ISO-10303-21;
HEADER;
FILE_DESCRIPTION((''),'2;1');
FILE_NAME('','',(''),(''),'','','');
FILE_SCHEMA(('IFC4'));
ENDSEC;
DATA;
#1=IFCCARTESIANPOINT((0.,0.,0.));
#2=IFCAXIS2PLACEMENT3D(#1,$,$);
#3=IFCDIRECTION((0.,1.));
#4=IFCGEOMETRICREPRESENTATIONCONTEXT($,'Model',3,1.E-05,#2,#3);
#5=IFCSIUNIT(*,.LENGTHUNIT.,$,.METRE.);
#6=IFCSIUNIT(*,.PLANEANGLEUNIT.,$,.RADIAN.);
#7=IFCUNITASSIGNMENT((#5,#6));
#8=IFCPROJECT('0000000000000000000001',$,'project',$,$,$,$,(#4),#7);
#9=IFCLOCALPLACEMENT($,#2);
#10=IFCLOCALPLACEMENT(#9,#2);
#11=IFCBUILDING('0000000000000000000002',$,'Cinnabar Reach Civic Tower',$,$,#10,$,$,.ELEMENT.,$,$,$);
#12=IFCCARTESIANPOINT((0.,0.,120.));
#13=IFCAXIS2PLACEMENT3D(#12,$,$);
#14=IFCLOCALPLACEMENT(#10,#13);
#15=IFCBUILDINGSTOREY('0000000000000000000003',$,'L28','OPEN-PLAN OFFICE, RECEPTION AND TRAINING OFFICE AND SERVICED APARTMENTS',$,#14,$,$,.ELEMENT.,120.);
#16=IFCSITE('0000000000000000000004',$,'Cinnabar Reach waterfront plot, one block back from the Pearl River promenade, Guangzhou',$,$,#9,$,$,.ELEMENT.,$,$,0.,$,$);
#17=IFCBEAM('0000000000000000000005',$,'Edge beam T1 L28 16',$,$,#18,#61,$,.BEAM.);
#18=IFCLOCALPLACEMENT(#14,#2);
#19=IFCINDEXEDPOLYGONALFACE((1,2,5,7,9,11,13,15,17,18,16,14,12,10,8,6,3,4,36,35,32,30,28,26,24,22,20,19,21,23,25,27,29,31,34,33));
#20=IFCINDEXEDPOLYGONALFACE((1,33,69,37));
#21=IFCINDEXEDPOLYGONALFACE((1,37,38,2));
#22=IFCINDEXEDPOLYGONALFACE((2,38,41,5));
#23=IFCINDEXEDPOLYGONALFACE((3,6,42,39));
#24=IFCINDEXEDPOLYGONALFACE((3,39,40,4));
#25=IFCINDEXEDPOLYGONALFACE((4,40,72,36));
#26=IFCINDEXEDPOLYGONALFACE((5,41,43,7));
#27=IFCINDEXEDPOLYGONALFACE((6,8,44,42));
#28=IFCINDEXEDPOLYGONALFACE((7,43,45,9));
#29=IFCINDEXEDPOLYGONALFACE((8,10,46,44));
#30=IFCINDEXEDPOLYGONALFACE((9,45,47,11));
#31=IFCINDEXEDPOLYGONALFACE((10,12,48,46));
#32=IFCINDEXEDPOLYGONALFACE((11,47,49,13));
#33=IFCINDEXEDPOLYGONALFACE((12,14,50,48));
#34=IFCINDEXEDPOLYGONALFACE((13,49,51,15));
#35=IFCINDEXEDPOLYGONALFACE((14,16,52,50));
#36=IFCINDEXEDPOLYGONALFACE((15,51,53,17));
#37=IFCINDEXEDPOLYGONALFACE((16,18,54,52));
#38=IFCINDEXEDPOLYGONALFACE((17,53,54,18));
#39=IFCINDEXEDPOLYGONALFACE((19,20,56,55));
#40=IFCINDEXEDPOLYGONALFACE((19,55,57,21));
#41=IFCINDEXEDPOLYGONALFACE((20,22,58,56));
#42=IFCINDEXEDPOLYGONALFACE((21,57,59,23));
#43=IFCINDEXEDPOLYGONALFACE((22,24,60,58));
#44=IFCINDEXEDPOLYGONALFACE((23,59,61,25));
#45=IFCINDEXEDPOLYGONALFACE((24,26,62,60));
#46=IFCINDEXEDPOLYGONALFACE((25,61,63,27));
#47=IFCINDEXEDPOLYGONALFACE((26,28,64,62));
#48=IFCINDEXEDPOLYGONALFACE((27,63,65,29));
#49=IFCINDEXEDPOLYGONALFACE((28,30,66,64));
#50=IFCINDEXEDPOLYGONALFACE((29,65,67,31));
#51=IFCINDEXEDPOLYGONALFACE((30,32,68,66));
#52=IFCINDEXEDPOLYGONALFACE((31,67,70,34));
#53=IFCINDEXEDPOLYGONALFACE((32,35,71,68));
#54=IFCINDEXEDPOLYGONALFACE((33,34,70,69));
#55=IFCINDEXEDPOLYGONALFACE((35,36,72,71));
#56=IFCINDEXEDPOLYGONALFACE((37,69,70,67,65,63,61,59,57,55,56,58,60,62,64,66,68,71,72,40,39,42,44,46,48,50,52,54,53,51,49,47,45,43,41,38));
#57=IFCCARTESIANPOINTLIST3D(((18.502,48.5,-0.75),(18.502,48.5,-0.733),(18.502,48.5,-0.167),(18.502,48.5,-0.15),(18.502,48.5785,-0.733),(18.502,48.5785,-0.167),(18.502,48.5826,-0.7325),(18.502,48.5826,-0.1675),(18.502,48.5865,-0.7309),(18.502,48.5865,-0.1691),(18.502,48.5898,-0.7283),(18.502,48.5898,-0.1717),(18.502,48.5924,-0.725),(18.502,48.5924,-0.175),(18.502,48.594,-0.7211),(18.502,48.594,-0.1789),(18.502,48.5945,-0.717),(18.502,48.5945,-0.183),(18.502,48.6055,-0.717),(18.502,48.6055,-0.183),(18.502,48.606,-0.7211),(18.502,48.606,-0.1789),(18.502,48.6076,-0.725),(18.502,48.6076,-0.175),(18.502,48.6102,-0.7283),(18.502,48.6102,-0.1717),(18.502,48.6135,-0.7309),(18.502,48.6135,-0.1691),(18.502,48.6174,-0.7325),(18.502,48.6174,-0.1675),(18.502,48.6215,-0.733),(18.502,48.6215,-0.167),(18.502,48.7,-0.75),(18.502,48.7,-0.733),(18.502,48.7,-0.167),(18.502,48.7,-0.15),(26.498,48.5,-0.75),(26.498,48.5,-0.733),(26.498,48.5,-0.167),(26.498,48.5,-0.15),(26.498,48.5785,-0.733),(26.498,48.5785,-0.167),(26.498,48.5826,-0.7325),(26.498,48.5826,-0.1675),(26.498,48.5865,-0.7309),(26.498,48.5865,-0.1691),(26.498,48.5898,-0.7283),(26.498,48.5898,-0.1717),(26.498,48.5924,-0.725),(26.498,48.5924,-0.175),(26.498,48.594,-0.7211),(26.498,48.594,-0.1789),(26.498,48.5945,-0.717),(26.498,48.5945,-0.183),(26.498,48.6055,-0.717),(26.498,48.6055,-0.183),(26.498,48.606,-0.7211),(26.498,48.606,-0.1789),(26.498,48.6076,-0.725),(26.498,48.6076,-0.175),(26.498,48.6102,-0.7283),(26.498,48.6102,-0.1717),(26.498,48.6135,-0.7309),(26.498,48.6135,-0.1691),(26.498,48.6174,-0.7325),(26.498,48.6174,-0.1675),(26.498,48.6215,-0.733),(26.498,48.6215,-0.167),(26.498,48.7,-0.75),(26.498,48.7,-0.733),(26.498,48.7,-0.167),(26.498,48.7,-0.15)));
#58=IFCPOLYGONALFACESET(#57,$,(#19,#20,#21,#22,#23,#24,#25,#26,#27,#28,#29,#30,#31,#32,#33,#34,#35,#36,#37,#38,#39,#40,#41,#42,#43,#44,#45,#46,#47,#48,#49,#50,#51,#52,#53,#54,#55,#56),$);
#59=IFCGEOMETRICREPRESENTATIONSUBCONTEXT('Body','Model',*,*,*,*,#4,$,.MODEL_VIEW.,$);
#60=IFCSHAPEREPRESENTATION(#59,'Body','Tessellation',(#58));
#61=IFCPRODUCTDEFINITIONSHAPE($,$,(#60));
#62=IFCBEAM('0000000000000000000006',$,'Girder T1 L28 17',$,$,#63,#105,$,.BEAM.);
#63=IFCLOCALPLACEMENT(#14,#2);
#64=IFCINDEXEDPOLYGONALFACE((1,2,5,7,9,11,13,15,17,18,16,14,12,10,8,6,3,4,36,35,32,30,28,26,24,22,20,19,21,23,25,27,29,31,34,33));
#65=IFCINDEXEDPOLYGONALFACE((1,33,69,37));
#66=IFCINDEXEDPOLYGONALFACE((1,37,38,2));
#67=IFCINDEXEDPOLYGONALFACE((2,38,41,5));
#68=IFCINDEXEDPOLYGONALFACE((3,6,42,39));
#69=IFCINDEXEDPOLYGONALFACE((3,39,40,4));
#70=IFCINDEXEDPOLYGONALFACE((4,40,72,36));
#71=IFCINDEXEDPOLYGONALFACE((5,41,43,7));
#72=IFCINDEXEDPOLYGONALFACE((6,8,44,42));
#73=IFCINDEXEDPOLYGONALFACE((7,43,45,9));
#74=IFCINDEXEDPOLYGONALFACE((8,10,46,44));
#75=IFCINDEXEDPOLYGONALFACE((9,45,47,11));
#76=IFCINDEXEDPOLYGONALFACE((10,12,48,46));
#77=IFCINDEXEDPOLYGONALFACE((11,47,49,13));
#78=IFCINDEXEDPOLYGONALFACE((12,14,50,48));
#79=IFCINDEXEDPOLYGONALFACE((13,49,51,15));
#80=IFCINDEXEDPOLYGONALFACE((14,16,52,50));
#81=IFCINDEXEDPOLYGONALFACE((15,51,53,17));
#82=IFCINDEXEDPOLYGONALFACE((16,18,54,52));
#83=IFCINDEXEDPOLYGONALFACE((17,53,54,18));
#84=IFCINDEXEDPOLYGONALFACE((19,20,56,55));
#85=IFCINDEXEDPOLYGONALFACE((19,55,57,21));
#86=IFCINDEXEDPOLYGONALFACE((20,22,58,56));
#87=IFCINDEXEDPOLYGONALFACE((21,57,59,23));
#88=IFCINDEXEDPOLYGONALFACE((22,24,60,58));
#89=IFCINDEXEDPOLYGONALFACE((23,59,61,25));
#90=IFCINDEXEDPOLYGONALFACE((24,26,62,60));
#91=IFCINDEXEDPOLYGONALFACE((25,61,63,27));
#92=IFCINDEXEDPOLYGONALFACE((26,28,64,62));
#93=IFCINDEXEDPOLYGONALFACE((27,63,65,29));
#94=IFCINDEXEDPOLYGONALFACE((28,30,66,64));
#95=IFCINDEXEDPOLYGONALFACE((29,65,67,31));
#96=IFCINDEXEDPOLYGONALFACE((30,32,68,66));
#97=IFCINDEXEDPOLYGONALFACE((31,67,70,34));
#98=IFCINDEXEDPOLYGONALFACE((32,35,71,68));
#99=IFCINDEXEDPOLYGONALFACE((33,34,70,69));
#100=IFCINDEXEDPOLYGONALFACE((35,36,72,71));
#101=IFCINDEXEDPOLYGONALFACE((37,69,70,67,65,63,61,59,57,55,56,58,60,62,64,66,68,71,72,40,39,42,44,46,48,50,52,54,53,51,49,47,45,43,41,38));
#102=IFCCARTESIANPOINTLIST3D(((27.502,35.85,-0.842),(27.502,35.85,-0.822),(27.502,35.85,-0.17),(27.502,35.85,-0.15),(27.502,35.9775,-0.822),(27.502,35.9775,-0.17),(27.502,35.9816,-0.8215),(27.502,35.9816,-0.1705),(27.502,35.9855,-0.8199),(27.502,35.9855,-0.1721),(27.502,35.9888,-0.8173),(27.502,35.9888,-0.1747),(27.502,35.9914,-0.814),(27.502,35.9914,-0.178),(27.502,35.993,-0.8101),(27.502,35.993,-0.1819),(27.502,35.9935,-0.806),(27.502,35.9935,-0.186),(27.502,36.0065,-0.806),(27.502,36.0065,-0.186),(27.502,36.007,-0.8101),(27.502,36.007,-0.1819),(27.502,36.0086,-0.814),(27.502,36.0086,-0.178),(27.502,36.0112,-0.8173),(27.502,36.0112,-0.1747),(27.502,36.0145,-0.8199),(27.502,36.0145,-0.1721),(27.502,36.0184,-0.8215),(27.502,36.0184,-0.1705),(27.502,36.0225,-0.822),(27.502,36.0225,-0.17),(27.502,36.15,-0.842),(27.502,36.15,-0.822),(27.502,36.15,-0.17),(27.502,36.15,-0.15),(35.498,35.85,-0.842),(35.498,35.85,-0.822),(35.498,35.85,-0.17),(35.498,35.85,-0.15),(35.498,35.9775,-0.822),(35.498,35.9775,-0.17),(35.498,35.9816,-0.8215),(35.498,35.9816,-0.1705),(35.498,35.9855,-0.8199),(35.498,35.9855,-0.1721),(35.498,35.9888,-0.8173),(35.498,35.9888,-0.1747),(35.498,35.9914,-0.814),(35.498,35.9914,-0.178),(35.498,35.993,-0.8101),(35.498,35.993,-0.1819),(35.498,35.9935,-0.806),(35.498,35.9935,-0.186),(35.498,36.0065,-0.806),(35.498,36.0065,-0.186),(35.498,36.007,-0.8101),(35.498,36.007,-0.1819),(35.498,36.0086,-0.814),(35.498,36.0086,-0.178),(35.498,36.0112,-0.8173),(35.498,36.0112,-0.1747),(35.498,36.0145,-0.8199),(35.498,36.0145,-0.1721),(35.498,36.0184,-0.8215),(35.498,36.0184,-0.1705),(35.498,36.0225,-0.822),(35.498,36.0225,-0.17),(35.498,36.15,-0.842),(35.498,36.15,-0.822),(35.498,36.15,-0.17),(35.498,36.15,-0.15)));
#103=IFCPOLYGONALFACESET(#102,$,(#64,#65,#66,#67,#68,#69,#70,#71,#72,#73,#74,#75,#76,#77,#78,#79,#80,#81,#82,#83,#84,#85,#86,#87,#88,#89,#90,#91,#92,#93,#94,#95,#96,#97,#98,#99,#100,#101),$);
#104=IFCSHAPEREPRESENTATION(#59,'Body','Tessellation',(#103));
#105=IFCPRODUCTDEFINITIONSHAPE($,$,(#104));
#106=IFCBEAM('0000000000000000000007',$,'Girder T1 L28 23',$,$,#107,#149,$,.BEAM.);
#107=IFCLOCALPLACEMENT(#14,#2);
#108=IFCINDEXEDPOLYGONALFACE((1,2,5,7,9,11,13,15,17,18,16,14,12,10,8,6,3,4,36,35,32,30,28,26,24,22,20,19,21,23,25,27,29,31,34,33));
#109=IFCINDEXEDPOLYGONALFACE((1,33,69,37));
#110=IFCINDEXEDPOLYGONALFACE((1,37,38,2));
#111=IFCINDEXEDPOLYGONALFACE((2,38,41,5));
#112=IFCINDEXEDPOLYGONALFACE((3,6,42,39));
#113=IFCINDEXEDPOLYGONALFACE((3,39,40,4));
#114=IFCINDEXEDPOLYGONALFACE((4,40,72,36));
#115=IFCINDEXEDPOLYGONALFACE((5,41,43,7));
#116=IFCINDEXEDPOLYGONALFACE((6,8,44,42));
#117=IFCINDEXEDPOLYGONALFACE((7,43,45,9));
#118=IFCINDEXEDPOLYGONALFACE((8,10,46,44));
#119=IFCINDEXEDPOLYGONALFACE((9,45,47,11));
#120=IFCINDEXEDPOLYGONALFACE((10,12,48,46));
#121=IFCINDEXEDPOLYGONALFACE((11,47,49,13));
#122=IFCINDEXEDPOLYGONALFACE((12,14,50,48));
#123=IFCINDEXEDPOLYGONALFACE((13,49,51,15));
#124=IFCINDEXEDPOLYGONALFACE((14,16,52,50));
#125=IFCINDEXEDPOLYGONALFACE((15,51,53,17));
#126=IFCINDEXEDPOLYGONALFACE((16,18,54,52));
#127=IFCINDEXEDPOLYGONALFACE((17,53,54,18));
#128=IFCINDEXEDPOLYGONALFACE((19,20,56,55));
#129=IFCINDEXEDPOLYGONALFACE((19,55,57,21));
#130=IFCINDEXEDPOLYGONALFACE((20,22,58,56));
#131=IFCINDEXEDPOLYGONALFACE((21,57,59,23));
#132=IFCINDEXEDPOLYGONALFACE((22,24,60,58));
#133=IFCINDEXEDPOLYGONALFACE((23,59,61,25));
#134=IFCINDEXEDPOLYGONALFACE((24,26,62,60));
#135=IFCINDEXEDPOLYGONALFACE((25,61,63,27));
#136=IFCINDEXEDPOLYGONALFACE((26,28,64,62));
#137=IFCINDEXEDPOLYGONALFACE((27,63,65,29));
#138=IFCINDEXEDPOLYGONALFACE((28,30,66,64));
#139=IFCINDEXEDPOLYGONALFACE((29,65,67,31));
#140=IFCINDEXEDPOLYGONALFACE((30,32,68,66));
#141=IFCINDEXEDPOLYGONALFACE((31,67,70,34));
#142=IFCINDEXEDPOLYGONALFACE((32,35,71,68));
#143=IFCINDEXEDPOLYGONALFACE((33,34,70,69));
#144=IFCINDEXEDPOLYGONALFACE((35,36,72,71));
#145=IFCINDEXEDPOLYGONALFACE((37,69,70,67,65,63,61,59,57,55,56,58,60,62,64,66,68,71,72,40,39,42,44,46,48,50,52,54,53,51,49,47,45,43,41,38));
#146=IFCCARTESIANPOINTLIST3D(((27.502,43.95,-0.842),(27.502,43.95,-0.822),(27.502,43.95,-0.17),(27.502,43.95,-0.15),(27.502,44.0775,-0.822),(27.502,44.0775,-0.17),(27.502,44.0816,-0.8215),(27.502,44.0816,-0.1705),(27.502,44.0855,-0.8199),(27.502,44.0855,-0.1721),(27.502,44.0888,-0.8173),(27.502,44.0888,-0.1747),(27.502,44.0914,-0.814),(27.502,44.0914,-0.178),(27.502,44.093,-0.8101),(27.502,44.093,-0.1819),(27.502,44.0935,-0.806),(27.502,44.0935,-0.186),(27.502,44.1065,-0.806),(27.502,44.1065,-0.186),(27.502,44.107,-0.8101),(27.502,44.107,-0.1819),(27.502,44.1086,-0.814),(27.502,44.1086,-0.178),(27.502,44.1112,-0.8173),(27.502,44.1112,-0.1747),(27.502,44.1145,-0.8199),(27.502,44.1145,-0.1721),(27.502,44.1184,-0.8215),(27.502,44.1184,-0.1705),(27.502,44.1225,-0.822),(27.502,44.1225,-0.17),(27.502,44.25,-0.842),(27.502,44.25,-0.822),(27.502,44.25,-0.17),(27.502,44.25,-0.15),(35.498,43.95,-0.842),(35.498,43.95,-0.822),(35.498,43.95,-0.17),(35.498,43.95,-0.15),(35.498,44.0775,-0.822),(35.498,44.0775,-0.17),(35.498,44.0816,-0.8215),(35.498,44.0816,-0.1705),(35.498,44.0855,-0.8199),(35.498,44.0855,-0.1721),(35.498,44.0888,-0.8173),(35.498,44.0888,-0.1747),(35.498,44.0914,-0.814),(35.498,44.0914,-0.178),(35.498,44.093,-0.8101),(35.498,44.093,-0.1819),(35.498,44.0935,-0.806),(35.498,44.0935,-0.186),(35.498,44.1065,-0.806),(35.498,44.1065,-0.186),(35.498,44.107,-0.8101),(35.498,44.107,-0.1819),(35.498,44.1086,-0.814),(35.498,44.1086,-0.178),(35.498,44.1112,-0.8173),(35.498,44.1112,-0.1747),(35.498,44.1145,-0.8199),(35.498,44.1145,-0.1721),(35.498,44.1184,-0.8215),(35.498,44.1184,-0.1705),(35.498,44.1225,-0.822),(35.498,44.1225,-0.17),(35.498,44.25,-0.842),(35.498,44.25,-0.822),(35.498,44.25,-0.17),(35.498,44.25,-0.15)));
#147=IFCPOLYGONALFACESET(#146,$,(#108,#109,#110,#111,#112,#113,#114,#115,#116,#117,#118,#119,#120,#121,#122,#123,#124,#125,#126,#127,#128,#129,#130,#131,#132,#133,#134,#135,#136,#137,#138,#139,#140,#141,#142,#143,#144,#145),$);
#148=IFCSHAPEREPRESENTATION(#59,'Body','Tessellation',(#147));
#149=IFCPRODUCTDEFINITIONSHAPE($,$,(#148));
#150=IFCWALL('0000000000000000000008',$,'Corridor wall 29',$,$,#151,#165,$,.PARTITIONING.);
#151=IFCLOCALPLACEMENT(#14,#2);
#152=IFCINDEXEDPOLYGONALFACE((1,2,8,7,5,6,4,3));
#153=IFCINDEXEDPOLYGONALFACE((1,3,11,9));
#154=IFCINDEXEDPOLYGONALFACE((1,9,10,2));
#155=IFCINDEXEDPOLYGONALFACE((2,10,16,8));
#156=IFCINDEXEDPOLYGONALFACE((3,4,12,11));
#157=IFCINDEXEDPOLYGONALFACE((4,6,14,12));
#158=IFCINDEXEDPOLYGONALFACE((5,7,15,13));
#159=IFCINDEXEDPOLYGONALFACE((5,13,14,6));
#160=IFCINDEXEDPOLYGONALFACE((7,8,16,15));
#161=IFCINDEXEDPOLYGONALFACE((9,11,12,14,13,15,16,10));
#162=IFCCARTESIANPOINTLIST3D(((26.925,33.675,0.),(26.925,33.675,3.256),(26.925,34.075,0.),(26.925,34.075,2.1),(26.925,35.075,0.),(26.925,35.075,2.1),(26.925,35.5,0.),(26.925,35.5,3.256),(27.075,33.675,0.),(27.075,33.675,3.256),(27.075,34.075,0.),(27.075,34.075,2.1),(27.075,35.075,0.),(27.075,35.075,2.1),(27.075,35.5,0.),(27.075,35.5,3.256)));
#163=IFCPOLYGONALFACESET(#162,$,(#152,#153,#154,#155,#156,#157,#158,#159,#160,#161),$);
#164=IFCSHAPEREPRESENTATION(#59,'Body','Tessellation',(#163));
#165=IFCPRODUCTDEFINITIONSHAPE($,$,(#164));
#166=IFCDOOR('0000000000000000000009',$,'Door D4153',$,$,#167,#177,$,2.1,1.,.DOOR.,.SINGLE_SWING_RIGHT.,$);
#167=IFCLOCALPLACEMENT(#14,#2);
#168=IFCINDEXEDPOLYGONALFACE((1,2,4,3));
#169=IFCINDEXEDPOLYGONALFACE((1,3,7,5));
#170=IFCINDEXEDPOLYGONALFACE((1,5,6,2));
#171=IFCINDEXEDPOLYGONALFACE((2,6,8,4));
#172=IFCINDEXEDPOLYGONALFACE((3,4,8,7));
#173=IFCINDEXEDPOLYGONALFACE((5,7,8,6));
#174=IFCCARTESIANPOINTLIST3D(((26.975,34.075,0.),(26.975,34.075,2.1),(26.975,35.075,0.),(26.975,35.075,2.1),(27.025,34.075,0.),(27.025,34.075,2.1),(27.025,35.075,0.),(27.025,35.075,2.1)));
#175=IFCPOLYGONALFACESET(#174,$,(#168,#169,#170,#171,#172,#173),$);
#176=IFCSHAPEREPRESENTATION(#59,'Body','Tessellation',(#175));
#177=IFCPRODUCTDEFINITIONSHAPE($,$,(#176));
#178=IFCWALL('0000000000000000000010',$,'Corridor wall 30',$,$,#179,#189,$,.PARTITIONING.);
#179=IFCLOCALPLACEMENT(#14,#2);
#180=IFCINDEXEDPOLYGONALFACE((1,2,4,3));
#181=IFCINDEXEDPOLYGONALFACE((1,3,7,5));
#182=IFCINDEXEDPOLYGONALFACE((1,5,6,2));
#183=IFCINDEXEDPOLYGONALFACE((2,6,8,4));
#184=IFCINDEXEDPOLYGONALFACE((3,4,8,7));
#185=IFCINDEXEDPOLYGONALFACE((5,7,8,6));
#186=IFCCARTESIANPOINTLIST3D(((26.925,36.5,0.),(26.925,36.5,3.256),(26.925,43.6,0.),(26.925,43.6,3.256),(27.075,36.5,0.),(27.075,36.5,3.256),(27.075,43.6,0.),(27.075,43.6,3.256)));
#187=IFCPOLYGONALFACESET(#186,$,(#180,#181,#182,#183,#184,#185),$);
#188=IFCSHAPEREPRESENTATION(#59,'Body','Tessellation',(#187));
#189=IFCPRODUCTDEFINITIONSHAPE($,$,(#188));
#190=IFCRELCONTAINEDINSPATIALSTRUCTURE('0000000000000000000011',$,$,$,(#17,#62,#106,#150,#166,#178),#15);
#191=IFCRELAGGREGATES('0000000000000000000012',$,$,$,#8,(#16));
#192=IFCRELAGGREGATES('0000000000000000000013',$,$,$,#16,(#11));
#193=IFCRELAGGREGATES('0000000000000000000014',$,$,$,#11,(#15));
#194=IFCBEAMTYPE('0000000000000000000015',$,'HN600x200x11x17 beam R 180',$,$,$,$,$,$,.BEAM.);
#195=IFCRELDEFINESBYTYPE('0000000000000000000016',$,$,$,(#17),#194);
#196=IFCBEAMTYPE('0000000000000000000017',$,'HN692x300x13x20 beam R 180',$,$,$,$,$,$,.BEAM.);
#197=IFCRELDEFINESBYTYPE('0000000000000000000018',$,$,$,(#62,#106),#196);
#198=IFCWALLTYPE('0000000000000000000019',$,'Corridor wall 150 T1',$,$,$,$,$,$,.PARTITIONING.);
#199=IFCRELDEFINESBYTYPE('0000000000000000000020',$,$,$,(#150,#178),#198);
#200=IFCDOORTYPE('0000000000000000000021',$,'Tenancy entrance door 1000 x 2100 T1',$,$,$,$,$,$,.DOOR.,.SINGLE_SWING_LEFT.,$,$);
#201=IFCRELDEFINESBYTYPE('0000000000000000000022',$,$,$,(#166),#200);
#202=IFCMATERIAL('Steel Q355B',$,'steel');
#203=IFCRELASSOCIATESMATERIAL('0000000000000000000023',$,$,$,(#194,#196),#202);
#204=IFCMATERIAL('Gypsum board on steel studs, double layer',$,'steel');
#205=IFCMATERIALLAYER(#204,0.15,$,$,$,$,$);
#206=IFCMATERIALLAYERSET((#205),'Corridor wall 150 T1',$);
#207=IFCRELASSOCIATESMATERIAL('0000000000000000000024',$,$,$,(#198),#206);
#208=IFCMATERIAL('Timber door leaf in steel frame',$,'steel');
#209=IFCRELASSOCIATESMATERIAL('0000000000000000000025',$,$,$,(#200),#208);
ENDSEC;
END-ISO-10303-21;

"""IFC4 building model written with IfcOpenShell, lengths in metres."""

from ifc_helpers import new_model, si_unit, direction, frame, frame_2d, origin, origin_2d, place, context, subcontext, project, spatial, rectangle, i_section, extrude, material, layer, layer_set, material_profile, profile_set, type_object, element, fill, save


model = new_model("IFC4")

# Units and contexts
model_context = context("Model", 3, precision=1e-05, world=origin(), true_north=direction((0.0, 1.0)))
body_context = subcontext(model_context, "Body", "Model", "MODEL_VIEW")
ifc_project = project(units=[si_unit("LENGTHUNIT", "METRE"), si_unit("PLANEANGLEUNIT", "RADIAN")], contexts=[model_context])

# Site, building, storey
site_placement = place(None, origin())
site = spatial("IfcSite", under=ifc_project, at=site_placement, Name="Cinnabar Reach waterfront plot, one block back from the Pearl River promenade, Guangzhou", CompositionType="ELEMENT", RefElevation=0.0)
building_placement = place(site_placement, origin())
building = spatial("IfcBuilding", under=site, at=building_placement, Name="Cinnabar Reach Civic Tower", CompositionType="ELEMENT")
storey_placement = place(building_placement, frame((0.0, 0.0, 120.0)))
storey = spatial("IfcBuildingStorey", under=building, at=storey_placement, Name="L28", Description="OPEN-PLAN OFFICE, RECEPTION AND TRAINING OFFICE AND SERVICED APARTMENTS", CompositionType="ELEMENT", Elevation=120.0)

# Beams
ifc_material_1 = material(Name="Steel Q355B", Category="steel")
ifc_material_profile_1 = material_profile(ifc_material_1, i_section(OverallWidth=0.2, OverallDepth=0.6, WebThickness=0.011, FlangeThickness=0.017, FilletRadius=0.016, at=origin_2d()), Name="HN600x200x11x17")
ifc_profile_set_1 = profile_set([ifc_material_profile_1], Name="Steel Q355B")
beam_type_1 = type_object("IfcBeamType", Name="HN600x200x11x17 beam R 180", PredefinedType="BEAM", material=ifc_profile_set_1)
for number, where, z_axis, x_axis, name in (
    (1, (26.498, 48.6, -0.45), (-1.0, 0.0, 0.0), (0.0, -1.0, 0.0), "Edge beam T1 L28 16"),
):
    element("IfcBeam", number, at=place(storey_placement, frame(where, z_axis=z_axis, x_axis=x_axis)), inside=storey, type_object=beam_type_1, Name=name, PredefinedType="BEAM", context=body_context, shape_type="SweptSolid", body=[
        extrude(i_section(OverallWidth=0.2, OverallDepth=0.6, WebThickness=0.011, FlangeThickness=0.017, FilletRadius=0.016, at=origin_2d()), origin(), (0.0, 0.0, 1.0), 7.996),
    ])
ifc_material_profile_2 = material_profile(ifc_material_1, i_section(OverallWidth=0.3, OverallDepth=0.692, WebThickness=0.013, FlangeThickness=0.02, FilletRadius=0.016, at=origin_2d()), Name="HN692x300x13x20")
ifc_profile_set_2 = profile_set([ifc_material_profile_2], Name="Steel Q355B")
beam_type_2 = type_object("IfcBeamType", Name="HN692x300x13x20 beam R 180", PredefinedType="BEAM", material=ifc_profile_set_2)
for number, where, z_axis, x_axis, name in (
    (2, (27.502, 36.0, -0.496), (1.0, 0.0, 0.0), (0.0, 1.0, 0.0), "Girder T1 L28 17"),
    (3, (27.502, 44.1, -0.496), (1.0, 0.0, 0.0), (0.0, 1.0, 0.0), "Girder T1 L28 23"),
):
    element("IfcBeam", number, at=place(storey_placement, frame(where, z_axis=z_axis, x_axis=x_axis)), inside=storey, type_object=beam_type_2, Name=name, PredefinedType="BEAM", context=body_context, shape_type="SweptSolid", body=[
        extrude(i_section(OverallWidth=0.3, OverallDepth=0.692, WebThickness=0.013, FlangeThickness=0.02, FilletRadius=0.016, at=origin_2d()), origin(), (0.0, 0.0, 1.0), 7.996),
    ])

# Wall, opening, door
ifc_material_2 = material(Name="Gypsum board on steel studs, double layer", Category="steel")
ifc_layer_1 = layer(ifc_material_2, 0.15)
ifc_layer_set_1 = layer_set([ifc_layer_1], Name="Corridor wall 150 T1")
wall_type_1 = type_object("IfcWallType", Name="Corridor wall 150 T1", PredefinedType="PARTITIONING", material=ifc_layer_set_1)
wall_1_placement = place(storey_placement, frame((27.0, 33.675, 0.0), z_axis=(0.0, 0.0, 1.0), x_axis=(0.0, 1.0, 0.0)))
wall_1 = element("IfcWall", 4, at=wall_1_placement, inside=storey, type_object=wall_type_1, Name="Corridor wall 29", PredefinedType="PARTITIONING", context=body_context, shape_type="SweptSolid", body=[
    extrude(rectangle(XDim=1.825, YDim=0.15, at=frame_2d((0.9125, 0.0))), origin(), (0.0, 0.0, 1.0), 3.256),
])
opening_1_placement = place(wall_1_placement, frame((0.4, 0.0, 0.0)))
opening_1 = element("IfcOpeningElement", 5, at=opening_1_placement, cuts=wall_1, PredefinedType="OPENING", context=body_context, shape_type="SweptSolid", body=[
    extrude(rectangle(XDim=1.0, YDim=2.1, at=frame_2d((0.5, 1.05))), frame((0.0, 0.085, 0.0), z_axis=(0.0, -1.0, 0.0), x_axis=(1.0, 0.0, 0.0)), (0.0, 0.0, 1.0), 0.17),
])
ifc_material_3 = material(Name="Timber door leaf in steel frame", Category="steel")
door_type_1 = type_object("IfcDoorType", Name="Tenancy entrance door 1000 x 2100 T1", OperationType="SINGLE_SWING_LEFT", PredefinedType="DOOR", material=ifc_material_3)
door_1_placement = place(opening_1_placement, frame((1.0, 0.0, 0.0), z_axis=(0.0, 0.0, 1.0), x_axis=(-1.0, 0.0, 0.0)))
door_1 = element("IfcDoor", 6, at=door_1_placement, inside=storey, type_object=door_type_1, Name="Door D4153", OperationType="SINGLE_SWING_RIGHT", OverallHeight=2.1, OverallWidth=1.0, PredefinedType="DOOR", context=body_context, shape_type="SweptSolid", body=[
    extrude(rectangle(XDim=1.0, YDim=2.1, at=frame_2d((0.5, 1.05))), frame((0.0, 0.025, 0.0), z_axis=(0.0, -1.0, 0.0), x_axis=(1.0, 0.0, 0.0)), (0.0, 0.0, 1.0), 0.05),
])
fill(opening_1, door_1)

# Wall
wall_2_placement = place(storey_placement, frame((27.0, 36.5, 0.0), z_axis=(0.0, 0.0, 1.0), x_axis=(0.0, 1.0, 0.0)))
element("IfcWall", 7, at=wall_2_placement, inside=storey, type_object=wall_type_1, Name="Corridor wall 30", PredefinedType="PARTITIONING", context=body_context, shape_type="SweptSolid", body=[
    extrude(rectangle(XDim=7.1, YDim=0.15, at=frame_2d((3.55, 0.0))), origin(), (0.0, 0.0, 1.0), 3.256),
])

save(model, "model.ifc")
